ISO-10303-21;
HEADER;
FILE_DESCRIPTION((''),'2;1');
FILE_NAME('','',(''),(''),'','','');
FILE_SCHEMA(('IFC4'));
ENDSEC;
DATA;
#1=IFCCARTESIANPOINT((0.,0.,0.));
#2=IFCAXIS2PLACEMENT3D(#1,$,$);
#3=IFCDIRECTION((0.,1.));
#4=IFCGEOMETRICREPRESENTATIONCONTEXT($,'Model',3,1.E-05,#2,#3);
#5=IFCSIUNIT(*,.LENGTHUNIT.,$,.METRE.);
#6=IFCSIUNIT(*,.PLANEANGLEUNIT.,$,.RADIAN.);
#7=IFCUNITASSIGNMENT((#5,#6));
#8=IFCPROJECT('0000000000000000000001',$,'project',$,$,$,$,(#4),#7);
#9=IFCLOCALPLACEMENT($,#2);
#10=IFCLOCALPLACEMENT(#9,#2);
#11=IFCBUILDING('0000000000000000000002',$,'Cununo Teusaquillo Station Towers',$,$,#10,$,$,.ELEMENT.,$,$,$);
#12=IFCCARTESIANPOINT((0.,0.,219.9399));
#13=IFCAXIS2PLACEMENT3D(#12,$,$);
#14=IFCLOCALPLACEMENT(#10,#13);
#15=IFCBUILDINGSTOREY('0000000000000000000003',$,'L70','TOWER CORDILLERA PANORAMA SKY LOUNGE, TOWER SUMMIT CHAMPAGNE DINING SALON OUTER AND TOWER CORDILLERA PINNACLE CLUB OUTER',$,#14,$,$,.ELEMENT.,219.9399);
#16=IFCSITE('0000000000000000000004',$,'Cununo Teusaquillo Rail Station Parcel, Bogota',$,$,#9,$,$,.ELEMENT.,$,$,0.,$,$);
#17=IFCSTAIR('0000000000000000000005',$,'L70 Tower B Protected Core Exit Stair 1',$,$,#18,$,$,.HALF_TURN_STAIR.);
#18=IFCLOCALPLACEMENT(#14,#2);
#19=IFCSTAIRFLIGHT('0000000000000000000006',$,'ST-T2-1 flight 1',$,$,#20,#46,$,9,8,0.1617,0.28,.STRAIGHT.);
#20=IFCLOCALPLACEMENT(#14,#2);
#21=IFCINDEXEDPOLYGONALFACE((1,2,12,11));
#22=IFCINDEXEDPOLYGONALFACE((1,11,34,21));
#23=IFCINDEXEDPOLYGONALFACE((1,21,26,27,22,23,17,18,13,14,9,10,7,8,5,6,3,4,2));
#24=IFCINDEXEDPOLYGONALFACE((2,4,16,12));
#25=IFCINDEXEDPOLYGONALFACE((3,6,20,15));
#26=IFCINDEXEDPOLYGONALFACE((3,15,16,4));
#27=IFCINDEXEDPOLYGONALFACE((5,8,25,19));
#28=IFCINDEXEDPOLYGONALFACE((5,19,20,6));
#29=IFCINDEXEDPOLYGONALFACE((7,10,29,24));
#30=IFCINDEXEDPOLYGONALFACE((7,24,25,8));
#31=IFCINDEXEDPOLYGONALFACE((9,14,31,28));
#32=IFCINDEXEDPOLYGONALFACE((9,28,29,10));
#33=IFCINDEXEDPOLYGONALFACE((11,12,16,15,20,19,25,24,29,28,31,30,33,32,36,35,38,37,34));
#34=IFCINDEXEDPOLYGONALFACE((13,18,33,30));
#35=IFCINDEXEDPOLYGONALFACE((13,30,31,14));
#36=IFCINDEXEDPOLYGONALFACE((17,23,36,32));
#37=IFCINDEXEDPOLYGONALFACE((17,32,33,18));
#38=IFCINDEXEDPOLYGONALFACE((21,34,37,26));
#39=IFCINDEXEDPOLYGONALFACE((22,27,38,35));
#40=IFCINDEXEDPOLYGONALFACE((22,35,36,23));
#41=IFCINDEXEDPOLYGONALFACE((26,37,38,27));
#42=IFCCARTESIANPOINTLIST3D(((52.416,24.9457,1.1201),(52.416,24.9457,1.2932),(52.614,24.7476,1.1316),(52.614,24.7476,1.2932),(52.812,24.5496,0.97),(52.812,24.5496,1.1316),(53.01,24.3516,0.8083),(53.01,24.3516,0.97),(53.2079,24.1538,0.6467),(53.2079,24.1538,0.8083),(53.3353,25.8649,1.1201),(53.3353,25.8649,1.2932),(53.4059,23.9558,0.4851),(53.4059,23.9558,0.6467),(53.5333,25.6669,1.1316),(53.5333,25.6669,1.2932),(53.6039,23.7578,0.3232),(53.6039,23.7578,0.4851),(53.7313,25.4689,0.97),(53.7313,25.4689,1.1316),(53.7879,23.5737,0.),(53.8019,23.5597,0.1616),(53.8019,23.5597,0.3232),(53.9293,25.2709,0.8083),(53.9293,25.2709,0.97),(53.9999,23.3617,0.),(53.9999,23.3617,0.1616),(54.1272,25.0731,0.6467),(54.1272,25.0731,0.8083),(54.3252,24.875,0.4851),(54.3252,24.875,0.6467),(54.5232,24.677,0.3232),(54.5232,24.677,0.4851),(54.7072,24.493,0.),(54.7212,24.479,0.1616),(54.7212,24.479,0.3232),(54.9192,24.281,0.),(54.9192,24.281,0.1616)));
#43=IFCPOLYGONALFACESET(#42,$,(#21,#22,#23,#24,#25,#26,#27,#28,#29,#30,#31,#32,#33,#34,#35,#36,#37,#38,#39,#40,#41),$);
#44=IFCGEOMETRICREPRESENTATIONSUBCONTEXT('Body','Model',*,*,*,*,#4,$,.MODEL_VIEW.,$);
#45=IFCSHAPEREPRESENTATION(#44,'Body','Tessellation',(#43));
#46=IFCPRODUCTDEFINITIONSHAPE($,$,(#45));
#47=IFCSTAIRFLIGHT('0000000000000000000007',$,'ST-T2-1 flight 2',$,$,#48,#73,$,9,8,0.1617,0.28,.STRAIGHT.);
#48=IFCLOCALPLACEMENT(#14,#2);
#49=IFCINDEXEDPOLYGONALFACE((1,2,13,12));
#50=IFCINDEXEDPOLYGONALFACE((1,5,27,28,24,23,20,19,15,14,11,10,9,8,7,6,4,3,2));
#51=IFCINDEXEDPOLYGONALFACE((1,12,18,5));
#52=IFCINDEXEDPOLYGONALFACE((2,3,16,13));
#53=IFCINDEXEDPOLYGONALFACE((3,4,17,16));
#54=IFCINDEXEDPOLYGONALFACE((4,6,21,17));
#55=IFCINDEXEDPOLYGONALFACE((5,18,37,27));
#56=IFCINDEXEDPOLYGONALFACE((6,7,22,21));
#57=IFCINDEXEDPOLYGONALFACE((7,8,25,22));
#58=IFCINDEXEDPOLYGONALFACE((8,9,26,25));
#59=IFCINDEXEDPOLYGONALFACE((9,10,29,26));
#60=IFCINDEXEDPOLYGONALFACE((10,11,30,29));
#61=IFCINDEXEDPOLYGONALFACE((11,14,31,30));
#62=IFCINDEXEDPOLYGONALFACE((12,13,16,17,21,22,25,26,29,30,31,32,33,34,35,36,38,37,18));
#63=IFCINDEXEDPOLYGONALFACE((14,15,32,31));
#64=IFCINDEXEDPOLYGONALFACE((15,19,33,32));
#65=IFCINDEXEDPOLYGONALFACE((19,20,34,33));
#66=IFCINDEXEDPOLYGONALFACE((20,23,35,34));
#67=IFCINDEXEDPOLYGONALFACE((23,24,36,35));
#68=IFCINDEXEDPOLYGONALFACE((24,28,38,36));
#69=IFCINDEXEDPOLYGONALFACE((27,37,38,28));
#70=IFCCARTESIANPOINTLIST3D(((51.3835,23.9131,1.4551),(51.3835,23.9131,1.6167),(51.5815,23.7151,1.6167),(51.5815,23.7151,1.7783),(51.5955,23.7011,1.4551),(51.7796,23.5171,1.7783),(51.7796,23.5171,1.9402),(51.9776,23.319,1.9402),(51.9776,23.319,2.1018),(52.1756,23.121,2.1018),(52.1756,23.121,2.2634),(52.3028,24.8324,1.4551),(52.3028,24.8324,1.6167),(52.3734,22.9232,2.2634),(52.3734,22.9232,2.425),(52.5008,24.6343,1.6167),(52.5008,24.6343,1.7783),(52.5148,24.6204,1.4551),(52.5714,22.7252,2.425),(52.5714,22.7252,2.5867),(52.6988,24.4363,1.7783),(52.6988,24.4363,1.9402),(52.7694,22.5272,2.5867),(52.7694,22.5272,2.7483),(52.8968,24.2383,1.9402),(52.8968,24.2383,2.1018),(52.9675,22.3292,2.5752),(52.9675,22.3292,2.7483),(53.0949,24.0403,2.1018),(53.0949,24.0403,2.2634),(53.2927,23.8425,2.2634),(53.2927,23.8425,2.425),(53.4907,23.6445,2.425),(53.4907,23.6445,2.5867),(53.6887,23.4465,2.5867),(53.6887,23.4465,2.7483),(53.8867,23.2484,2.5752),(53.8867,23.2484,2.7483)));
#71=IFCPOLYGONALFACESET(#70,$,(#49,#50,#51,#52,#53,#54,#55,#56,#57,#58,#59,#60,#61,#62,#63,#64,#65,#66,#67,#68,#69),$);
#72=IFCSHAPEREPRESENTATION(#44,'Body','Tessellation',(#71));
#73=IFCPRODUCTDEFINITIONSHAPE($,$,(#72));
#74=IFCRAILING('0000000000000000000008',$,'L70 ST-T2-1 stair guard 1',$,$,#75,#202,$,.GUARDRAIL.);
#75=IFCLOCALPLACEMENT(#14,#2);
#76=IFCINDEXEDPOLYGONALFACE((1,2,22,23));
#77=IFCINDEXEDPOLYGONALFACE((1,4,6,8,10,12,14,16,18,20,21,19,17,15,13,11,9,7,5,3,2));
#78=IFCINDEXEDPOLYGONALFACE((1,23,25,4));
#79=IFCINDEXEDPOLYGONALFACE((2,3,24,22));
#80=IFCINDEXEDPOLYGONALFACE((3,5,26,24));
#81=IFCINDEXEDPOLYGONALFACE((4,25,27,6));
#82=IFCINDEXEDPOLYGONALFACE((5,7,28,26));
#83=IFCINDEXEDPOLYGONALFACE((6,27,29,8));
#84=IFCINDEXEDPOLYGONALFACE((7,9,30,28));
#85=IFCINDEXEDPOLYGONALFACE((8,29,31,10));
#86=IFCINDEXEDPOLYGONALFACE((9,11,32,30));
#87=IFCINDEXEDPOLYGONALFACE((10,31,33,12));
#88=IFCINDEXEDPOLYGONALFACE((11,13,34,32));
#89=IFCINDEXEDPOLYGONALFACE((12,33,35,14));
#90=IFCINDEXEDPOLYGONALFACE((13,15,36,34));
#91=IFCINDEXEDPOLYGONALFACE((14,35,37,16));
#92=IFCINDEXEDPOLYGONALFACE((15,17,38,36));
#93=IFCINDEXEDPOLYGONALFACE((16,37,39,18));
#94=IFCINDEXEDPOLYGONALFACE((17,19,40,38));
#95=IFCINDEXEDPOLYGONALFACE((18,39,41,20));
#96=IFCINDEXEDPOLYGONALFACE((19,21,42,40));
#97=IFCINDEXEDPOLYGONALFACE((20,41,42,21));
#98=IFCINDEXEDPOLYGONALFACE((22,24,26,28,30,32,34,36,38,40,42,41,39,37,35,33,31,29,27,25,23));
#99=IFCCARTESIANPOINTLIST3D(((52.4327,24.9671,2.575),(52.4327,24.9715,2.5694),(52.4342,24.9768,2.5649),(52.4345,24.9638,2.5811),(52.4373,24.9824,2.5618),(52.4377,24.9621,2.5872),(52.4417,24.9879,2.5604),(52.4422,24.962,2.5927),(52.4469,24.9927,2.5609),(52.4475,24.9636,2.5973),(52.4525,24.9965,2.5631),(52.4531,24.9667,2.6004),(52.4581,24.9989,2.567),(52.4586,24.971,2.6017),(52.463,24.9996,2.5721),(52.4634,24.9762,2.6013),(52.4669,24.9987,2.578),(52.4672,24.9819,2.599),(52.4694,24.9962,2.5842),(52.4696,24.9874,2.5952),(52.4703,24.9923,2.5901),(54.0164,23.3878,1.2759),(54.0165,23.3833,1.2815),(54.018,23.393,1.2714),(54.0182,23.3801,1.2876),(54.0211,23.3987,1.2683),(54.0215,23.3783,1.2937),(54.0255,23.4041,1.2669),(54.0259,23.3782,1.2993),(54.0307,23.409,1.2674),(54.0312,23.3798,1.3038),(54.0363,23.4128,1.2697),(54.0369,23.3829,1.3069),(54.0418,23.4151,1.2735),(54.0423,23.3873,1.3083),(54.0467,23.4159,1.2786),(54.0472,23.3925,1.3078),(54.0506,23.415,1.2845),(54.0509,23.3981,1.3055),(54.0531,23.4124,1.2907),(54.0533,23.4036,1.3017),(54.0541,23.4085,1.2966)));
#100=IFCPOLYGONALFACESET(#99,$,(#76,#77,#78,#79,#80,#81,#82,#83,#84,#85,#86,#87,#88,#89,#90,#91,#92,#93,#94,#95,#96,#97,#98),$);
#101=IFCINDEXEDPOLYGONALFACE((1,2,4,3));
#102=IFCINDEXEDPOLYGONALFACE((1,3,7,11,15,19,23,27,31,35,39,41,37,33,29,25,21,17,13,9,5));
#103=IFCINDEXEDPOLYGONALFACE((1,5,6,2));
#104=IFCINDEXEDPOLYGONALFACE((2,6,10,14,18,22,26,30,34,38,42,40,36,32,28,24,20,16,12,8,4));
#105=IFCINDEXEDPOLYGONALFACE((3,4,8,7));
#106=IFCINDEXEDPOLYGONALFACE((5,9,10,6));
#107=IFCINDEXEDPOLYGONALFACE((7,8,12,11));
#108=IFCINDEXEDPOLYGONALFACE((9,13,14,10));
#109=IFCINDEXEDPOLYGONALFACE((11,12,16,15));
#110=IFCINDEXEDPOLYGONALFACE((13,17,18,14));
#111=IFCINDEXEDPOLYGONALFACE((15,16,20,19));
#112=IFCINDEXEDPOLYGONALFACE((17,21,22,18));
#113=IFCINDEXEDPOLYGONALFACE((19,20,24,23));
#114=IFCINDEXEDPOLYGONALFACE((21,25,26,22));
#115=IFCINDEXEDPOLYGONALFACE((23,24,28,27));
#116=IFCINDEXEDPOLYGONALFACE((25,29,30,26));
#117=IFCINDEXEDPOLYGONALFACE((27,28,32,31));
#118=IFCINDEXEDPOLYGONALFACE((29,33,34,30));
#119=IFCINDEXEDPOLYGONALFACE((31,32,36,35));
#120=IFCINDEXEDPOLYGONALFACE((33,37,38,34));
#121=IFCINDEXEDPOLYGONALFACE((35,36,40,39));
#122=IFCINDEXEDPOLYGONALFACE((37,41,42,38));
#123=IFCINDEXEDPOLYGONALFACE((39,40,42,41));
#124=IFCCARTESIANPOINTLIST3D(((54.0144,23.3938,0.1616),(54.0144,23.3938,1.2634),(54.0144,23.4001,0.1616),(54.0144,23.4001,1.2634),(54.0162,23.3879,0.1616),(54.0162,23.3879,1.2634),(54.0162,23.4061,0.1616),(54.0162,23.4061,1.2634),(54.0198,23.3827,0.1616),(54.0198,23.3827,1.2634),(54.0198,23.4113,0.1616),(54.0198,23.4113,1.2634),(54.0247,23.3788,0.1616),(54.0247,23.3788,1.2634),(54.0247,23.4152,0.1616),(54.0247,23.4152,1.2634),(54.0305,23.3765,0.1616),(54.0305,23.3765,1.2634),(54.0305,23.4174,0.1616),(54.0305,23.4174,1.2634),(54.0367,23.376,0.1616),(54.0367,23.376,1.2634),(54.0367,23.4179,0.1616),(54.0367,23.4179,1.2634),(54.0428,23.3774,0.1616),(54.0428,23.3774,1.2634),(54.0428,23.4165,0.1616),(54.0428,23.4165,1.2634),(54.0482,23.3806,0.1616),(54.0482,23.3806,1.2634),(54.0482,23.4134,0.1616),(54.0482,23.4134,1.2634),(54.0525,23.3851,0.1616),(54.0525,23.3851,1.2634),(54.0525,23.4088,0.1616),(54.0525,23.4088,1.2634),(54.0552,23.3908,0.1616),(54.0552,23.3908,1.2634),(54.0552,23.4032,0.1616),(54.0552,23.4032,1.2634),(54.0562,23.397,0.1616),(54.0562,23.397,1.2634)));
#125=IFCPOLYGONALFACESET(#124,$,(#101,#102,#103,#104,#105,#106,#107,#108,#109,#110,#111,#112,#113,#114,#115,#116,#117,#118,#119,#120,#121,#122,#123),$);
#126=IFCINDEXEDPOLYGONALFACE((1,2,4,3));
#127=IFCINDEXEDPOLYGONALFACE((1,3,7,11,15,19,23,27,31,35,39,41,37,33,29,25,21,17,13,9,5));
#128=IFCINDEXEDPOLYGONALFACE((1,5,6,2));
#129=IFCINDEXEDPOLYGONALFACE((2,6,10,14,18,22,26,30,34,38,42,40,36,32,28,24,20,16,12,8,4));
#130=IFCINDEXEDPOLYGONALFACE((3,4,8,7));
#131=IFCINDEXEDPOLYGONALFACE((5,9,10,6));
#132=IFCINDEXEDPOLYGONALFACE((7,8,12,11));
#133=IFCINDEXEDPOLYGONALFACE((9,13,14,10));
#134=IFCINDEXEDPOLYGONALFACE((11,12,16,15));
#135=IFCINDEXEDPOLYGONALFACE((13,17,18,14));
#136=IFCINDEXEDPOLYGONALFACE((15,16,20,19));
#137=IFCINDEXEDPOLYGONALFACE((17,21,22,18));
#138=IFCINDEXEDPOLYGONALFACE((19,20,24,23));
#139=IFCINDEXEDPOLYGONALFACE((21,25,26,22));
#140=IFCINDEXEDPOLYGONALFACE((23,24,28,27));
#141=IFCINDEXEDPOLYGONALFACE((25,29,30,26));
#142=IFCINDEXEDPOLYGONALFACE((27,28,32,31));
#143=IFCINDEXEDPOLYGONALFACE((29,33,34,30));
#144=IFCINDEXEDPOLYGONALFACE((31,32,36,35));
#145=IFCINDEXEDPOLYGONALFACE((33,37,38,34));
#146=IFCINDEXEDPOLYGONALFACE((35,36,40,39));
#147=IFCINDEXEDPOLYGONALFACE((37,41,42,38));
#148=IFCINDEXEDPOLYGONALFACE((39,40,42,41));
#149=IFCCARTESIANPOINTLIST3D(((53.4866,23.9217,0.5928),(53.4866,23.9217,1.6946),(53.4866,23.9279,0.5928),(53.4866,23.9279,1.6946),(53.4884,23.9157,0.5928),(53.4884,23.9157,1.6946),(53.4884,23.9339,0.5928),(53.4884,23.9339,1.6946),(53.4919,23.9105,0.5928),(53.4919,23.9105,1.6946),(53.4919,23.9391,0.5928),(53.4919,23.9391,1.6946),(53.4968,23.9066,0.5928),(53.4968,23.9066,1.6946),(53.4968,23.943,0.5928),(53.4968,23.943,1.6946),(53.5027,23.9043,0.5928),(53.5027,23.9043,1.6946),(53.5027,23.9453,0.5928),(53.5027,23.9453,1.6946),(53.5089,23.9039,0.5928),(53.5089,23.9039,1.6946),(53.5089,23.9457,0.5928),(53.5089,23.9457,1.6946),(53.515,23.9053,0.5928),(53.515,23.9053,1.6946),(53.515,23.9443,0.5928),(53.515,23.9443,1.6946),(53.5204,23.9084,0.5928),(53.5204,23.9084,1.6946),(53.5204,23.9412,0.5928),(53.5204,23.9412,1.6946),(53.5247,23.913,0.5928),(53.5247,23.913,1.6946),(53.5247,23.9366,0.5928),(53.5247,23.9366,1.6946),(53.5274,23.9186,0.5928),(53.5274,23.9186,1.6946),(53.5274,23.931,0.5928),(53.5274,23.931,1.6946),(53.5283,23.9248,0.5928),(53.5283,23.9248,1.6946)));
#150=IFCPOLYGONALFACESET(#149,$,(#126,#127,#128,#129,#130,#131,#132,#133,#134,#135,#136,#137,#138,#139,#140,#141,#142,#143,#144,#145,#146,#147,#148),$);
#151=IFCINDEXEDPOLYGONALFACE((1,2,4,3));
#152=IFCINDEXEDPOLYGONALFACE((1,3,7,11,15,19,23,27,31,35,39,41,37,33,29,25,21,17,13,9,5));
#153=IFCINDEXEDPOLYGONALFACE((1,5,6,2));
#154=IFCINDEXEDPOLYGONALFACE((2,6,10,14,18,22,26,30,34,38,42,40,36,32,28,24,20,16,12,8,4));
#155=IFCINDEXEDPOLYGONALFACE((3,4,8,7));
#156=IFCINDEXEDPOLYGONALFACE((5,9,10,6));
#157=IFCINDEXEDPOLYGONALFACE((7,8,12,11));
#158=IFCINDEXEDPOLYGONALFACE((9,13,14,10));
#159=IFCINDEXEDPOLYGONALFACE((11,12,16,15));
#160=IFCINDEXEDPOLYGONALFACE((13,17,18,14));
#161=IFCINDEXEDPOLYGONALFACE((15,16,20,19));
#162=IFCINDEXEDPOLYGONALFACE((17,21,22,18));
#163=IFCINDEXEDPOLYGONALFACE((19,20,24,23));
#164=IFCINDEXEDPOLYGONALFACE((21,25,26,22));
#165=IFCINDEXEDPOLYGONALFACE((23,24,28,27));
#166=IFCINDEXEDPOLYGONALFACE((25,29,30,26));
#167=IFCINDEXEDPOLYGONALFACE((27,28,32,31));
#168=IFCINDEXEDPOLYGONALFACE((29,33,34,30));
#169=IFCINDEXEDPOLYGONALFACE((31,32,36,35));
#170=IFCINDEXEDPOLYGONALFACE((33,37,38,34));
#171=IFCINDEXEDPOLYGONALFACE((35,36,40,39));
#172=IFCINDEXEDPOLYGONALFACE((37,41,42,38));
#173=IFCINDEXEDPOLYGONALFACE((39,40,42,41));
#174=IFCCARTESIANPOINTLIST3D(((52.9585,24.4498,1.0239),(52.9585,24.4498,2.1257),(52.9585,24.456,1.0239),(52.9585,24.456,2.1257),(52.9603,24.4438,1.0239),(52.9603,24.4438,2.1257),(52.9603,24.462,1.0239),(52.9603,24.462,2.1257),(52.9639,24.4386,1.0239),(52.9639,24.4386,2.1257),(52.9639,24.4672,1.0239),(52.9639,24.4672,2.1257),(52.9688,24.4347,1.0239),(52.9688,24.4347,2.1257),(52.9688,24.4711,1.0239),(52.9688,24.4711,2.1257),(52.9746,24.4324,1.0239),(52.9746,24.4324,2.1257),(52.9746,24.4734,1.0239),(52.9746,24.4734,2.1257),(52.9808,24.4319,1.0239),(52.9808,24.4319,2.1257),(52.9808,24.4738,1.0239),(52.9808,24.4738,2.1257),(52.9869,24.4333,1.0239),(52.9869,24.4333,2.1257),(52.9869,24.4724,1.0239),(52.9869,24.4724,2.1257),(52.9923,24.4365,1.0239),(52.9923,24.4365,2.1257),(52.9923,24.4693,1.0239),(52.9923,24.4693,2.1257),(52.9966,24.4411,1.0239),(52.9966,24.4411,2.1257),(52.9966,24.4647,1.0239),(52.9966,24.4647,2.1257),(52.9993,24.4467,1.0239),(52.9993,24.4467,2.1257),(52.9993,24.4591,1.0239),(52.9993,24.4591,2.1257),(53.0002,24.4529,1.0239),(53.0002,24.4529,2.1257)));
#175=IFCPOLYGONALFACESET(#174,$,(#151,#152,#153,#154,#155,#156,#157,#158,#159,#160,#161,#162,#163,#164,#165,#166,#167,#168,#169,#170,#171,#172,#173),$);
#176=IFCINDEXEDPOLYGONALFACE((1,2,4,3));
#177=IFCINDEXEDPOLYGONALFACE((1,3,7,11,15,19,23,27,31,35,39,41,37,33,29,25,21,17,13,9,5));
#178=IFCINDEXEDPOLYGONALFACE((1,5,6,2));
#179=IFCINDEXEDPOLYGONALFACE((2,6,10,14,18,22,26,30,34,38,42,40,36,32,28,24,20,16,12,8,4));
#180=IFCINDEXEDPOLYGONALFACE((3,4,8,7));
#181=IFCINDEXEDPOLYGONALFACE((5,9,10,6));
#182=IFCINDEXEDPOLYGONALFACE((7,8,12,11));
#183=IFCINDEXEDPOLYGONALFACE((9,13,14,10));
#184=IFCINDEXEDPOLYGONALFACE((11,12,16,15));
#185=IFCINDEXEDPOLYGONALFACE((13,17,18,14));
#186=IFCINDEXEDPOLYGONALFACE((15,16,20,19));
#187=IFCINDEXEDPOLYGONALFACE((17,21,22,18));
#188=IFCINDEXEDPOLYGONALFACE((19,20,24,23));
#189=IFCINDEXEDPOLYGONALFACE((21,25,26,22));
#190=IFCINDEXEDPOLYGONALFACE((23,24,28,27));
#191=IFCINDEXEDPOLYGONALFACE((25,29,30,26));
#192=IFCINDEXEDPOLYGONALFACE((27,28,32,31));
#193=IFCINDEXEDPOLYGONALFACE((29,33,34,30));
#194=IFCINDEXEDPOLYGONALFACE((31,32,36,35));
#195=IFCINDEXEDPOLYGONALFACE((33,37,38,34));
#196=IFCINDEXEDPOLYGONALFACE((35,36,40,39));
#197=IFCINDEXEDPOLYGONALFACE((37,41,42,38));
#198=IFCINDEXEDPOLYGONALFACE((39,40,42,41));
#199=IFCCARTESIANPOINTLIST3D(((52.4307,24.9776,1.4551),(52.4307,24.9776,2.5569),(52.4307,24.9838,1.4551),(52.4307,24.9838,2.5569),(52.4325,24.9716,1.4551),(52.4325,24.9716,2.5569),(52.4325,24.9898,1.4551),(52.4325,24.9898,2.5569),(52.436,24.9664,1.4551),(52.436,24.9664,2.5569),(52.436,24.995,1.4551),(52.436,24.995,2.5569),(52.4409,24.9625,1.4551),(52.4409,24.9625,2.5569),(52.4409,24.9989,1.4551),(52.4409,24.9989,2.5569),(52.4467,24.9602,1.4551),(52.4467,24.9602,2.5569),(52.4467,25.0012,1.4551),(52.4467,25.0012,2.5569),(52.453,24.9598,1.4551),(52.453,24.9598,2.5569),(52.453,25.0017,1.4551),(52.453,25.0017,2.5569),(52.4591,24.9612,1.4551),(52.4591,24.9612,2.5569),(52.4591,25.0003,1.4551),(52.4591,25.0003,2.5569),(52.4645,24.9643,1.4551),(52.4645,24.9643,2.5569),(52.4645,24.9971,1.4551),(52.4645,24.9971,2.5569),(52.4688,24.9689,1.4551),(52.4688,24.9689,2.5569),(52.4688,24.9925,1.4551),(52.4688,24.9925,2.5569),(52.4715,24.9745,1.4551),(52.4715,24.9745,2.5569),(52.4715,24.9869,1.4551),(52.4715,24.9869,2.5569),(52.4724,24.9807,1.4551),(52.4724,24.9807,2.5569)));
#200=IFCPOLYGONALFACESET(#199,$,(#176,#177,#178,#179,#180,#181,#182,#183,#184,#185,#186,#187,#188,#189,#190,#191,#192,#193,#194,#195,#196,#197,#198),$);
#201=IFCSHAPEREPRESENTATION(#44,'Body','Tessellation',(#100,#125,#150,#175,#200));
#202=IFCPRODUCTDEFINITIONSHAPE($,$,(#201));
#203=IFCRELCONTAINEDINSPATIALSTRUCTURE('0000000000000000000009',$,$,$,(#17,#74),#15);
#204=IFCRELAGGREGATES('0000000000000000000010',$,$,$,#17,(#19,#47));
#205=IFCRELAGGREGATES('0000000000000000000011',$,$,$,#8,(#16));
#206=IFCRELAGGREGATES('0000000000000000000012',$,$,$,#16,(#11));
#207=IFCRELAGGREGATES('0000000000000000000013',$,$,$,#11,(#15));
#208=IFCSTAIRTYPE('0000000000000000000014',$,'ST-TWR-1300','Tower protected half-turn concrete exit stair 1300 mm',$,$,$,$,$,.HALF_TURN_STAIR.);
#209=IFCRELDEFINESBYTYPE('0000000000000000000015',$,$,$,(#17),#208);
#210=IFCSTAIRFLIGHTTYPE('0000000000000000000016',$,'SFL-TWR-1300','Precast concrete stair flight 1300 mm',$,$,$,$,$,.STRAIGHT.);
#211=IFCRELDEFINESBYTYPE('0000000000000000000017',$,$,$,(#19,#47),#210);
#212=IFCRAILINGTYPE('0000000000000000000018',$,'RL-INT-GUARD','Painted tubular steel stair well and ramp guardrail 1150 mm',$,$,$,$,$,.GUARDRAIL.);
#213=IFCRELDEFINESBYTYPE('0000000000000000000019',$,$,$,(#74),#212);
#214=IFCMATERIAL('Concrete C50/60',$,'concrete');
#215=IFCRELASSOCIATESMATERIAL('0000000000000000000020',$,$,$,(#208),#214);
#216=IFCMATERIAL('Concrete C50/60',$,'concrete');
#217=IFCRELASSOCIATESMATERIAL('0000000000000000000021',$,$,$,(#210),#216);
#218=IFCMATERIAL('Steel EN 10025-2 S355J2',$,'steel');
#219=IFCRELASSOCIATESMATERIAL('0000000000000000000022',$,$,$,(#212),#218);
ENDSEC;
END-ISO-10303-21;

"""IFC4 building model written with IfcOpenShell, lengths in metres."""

from ifc_helpers import new_model, si_unit, direction, frame, origin, origin_2d, place, context, subcontext, project, spatial, polyline, circle, outline, extrude, material, type_object, element, aggregate, save


model = new_model("IFC4")

# Units and contexts
model_context = context("Model", 3, precision=1e-05, world=origin(), true_north=direction((0.0, 1.0)))
body_context = subcontext(model_context, "Body", "Model", "MODEL_VIEW")
ifc_project = project(units=[si_unit("LENGTHUNIT", "METRE"), si_unit("PLANEANGLEUNIT", "RADIAN")], contexts=[model_context])

# Site, building, storey
site_placement = place(None, origin())
site = spatial("IfcSite", under=ifc_project, at=site_placement, Name="Cununo Teusaquillo Rail Station Parcel, Bogota", CompositionType="ELEMENT", RefElevation=0.0)
building_placement = place(site_placement, origin())
building = spatial("IfcBuilding", under=site, at=building_placement, Name="Cununo Teusaquillo Station Towers", CompositionType="ELEMENT")
storey_placement = place(building_placement, frame((0.0, 0.0, 219.9399)))
storey = spatial("IfcBuildingStorey", under=building, at=storey_placement, Name="L70", Description="TOWER CORDILLERA PANORAMA SKY LOUNGE, TOWER SUMMIT CHAMPAGNE DINING SALON OUTER AND TOWER CORDILLERA PINNACLE CLUB OUTER", CompositionType="ELEMENT", Elevation=219.9399)

# Stair, stair flights
ifc_material_1 = material(Name="Concrete C50/60", Category="concrete")
stair_type = type_object("IfcStairType", Name="ST-TWR-1300", Description="Tower protected half-turn concrete exit stair 1300 mm", PredefinedType="HALF_TURN_STAIR", material=ifc_material_1)
stair_placement = place(storey_placement, origin())
stair = element("IfcStair", 1, at=stair_placement, inside=storey, type_object=stair_type, Name="L70 Tower B Protected Core Exit Stair 1", PredefinedType="HALF_TURN_STAIR")
ifc_material_2 = material(Name="Concrete C50/60", Category="concrete")
stair_flight_type = type_object("IfcStairFlightType", Name="SFL-TWR-1300", Description="Precast concrete stair flight 1300 mm", PredefinedType="STRAIGHT", material=ifc_material_2)
stair_flight_1_placement = place(storey_placement, frame((54.4595, 23.8213, 0.0), z_axis=(0.0, 0.0, 1.0), x_axis=(-0.707107, 0.707107, 0.0)))
stair_flight_1 = element("IfcStairFlight", 2, at=stair_flight_1_placement, type_object=stair_flight_type, Name="ST-T2-1 flight 1", NumberOfRisers=9, NumberOfTreads=8, PredefinedType="STRAIGHT", RiserHeight=0.1617, TreadLength=0.28, context=body_context, shape_type="SweptSolid", body=[
    extrude(outline(polyline([(0.0, 0.0), (0.0, 0.1616), (0.28, 0.1616), (0.28, 0.3232), (0.5601, 0.3232), (0.5601, 0.4851), (0.8401, 0.4851), (0.8401, 0.6467), (1.1201, 0.6467), (1.1201, 0.8083), (1.3999, 0.8083), (1.3999, 0.97), (1.6799, 0.97), (1.6799, 1.1316), (1.96, 1.1316), (1.96, 1.2932), (2.24, 1.2932), (2.24, 1.4551), (2.24, 1.1201), (0.2998, 0.0), (0.0, 0.0)])), frame((0.0, 0.6499, 0.0), z_axis=(0.0, -1.0, 0.0), x_axis=(1.0, 0.0, 0.0)), (0.0, 0.0, 1.0), 1.3),
])
stair_flight_2_placement = place(storey_placement, frame((51.8433, 24.3728, 1.4551), z_axis=(0.0, 0.0, 1.0), x_axis=(0.707107, -0.707107, 0.0)))
stair_flight_2 = element("IfcStairFlight", 3, at=stair_flight_2_placement, type_object=stair_flight_type, Name="ST-T2-1 flight 2", NumberOfRisers=9, NumberOfTreads=8, PredefinedType="STRAIGHT", RiserHeight=0.1617, TreadLength=0.28, context=body_context, shape_type="SweptSolid", body=[
    extrude(outline(polyline([(0.0, 0.0), (0.0, 0.1616), (0.28, 0.1616), (0.28, 0.3232), (0.5601, 0.3232), (0.5601, 0.4851), (0.8401, 0.4851), (0.8401, 0.6467), (1.1201, 0.6467), (1.1201, 0.8083), (1.3999, 0.8083), (1.3999, 0.97), (1.6799, 0.97), (1.6799, 1.1316), (1.96, 1.1316), (1.96, 1.2932), (2.24, 1.2932), (2.24, 1.4551), (2.24, 1.1201), (0.2998, 0.0), (0.0, 0.0)])), frame((0.0, 0.6499, 0.0), z_axis=(0.0, -1.0, 0.0), x_axis=(1.0, 0.0, 0.0)), (0.0, 0.0, 1.0), 1.3),
])
aggregate(stair, [stair_flight_1, stair_flight_2])

# Railing
ifc_material_3 = material(Name="Steel EN 10025-2 S355J2", Category="steel")
railing_type_1 = type_object("IfcRailingType", Name="RL-INT-GUARD", Description="Painted tubular steel stair well and ramp guardrail 1150 mm", PredefinedType="GUARDRAIL", material=ifc_material_3)
railing_1_placement = place(storey_placement, frame((54.0352, 23.397, 0.1616)))
element("IfcRailing", 4, at=railing_1_placement, inside=storey, type_object=railing_type_1, Name="L70 ST-T2-1 stair guard 1", PredefinedType="GUARDRAIL", context=body_context, shape_type="SweptSolid", body=[
    extrude(circle(Radius=0.0239, at=origin_2d()), frame((0.0, 0.0, 1.126), z_axis=(-0.612332, 0.612332, 0.500098), x_axis=(-0.707107, -0.707107, 0.0)), (0.0, 0.0, 1.0), 2.5864),
    extrude(circle(Radius=0.021, at=origin_2d()), origin(), (0.0, 0.0, 1.0), 1.1018),
    extrude(circle(Radius=0.021, at=origin_2d()), frame((-0.5278, 0.5278, 0.4312)), (0.0, 0.0, 1.0), 1.1018),
    extrude(circle(Radius=0.021, at=origin_2d()), frame((-1.0559, 1.0559, 0.8623)), (0.0, 0.0, 1.0), 1.1018),
    extrude(circle(Radius=0.021, at=origin_2d()), frame((-1.5837, 1.5837, 1.2935)), (0.0, 0.0, 1.0), 1.1018),
])

save(model, "model.ifc")
